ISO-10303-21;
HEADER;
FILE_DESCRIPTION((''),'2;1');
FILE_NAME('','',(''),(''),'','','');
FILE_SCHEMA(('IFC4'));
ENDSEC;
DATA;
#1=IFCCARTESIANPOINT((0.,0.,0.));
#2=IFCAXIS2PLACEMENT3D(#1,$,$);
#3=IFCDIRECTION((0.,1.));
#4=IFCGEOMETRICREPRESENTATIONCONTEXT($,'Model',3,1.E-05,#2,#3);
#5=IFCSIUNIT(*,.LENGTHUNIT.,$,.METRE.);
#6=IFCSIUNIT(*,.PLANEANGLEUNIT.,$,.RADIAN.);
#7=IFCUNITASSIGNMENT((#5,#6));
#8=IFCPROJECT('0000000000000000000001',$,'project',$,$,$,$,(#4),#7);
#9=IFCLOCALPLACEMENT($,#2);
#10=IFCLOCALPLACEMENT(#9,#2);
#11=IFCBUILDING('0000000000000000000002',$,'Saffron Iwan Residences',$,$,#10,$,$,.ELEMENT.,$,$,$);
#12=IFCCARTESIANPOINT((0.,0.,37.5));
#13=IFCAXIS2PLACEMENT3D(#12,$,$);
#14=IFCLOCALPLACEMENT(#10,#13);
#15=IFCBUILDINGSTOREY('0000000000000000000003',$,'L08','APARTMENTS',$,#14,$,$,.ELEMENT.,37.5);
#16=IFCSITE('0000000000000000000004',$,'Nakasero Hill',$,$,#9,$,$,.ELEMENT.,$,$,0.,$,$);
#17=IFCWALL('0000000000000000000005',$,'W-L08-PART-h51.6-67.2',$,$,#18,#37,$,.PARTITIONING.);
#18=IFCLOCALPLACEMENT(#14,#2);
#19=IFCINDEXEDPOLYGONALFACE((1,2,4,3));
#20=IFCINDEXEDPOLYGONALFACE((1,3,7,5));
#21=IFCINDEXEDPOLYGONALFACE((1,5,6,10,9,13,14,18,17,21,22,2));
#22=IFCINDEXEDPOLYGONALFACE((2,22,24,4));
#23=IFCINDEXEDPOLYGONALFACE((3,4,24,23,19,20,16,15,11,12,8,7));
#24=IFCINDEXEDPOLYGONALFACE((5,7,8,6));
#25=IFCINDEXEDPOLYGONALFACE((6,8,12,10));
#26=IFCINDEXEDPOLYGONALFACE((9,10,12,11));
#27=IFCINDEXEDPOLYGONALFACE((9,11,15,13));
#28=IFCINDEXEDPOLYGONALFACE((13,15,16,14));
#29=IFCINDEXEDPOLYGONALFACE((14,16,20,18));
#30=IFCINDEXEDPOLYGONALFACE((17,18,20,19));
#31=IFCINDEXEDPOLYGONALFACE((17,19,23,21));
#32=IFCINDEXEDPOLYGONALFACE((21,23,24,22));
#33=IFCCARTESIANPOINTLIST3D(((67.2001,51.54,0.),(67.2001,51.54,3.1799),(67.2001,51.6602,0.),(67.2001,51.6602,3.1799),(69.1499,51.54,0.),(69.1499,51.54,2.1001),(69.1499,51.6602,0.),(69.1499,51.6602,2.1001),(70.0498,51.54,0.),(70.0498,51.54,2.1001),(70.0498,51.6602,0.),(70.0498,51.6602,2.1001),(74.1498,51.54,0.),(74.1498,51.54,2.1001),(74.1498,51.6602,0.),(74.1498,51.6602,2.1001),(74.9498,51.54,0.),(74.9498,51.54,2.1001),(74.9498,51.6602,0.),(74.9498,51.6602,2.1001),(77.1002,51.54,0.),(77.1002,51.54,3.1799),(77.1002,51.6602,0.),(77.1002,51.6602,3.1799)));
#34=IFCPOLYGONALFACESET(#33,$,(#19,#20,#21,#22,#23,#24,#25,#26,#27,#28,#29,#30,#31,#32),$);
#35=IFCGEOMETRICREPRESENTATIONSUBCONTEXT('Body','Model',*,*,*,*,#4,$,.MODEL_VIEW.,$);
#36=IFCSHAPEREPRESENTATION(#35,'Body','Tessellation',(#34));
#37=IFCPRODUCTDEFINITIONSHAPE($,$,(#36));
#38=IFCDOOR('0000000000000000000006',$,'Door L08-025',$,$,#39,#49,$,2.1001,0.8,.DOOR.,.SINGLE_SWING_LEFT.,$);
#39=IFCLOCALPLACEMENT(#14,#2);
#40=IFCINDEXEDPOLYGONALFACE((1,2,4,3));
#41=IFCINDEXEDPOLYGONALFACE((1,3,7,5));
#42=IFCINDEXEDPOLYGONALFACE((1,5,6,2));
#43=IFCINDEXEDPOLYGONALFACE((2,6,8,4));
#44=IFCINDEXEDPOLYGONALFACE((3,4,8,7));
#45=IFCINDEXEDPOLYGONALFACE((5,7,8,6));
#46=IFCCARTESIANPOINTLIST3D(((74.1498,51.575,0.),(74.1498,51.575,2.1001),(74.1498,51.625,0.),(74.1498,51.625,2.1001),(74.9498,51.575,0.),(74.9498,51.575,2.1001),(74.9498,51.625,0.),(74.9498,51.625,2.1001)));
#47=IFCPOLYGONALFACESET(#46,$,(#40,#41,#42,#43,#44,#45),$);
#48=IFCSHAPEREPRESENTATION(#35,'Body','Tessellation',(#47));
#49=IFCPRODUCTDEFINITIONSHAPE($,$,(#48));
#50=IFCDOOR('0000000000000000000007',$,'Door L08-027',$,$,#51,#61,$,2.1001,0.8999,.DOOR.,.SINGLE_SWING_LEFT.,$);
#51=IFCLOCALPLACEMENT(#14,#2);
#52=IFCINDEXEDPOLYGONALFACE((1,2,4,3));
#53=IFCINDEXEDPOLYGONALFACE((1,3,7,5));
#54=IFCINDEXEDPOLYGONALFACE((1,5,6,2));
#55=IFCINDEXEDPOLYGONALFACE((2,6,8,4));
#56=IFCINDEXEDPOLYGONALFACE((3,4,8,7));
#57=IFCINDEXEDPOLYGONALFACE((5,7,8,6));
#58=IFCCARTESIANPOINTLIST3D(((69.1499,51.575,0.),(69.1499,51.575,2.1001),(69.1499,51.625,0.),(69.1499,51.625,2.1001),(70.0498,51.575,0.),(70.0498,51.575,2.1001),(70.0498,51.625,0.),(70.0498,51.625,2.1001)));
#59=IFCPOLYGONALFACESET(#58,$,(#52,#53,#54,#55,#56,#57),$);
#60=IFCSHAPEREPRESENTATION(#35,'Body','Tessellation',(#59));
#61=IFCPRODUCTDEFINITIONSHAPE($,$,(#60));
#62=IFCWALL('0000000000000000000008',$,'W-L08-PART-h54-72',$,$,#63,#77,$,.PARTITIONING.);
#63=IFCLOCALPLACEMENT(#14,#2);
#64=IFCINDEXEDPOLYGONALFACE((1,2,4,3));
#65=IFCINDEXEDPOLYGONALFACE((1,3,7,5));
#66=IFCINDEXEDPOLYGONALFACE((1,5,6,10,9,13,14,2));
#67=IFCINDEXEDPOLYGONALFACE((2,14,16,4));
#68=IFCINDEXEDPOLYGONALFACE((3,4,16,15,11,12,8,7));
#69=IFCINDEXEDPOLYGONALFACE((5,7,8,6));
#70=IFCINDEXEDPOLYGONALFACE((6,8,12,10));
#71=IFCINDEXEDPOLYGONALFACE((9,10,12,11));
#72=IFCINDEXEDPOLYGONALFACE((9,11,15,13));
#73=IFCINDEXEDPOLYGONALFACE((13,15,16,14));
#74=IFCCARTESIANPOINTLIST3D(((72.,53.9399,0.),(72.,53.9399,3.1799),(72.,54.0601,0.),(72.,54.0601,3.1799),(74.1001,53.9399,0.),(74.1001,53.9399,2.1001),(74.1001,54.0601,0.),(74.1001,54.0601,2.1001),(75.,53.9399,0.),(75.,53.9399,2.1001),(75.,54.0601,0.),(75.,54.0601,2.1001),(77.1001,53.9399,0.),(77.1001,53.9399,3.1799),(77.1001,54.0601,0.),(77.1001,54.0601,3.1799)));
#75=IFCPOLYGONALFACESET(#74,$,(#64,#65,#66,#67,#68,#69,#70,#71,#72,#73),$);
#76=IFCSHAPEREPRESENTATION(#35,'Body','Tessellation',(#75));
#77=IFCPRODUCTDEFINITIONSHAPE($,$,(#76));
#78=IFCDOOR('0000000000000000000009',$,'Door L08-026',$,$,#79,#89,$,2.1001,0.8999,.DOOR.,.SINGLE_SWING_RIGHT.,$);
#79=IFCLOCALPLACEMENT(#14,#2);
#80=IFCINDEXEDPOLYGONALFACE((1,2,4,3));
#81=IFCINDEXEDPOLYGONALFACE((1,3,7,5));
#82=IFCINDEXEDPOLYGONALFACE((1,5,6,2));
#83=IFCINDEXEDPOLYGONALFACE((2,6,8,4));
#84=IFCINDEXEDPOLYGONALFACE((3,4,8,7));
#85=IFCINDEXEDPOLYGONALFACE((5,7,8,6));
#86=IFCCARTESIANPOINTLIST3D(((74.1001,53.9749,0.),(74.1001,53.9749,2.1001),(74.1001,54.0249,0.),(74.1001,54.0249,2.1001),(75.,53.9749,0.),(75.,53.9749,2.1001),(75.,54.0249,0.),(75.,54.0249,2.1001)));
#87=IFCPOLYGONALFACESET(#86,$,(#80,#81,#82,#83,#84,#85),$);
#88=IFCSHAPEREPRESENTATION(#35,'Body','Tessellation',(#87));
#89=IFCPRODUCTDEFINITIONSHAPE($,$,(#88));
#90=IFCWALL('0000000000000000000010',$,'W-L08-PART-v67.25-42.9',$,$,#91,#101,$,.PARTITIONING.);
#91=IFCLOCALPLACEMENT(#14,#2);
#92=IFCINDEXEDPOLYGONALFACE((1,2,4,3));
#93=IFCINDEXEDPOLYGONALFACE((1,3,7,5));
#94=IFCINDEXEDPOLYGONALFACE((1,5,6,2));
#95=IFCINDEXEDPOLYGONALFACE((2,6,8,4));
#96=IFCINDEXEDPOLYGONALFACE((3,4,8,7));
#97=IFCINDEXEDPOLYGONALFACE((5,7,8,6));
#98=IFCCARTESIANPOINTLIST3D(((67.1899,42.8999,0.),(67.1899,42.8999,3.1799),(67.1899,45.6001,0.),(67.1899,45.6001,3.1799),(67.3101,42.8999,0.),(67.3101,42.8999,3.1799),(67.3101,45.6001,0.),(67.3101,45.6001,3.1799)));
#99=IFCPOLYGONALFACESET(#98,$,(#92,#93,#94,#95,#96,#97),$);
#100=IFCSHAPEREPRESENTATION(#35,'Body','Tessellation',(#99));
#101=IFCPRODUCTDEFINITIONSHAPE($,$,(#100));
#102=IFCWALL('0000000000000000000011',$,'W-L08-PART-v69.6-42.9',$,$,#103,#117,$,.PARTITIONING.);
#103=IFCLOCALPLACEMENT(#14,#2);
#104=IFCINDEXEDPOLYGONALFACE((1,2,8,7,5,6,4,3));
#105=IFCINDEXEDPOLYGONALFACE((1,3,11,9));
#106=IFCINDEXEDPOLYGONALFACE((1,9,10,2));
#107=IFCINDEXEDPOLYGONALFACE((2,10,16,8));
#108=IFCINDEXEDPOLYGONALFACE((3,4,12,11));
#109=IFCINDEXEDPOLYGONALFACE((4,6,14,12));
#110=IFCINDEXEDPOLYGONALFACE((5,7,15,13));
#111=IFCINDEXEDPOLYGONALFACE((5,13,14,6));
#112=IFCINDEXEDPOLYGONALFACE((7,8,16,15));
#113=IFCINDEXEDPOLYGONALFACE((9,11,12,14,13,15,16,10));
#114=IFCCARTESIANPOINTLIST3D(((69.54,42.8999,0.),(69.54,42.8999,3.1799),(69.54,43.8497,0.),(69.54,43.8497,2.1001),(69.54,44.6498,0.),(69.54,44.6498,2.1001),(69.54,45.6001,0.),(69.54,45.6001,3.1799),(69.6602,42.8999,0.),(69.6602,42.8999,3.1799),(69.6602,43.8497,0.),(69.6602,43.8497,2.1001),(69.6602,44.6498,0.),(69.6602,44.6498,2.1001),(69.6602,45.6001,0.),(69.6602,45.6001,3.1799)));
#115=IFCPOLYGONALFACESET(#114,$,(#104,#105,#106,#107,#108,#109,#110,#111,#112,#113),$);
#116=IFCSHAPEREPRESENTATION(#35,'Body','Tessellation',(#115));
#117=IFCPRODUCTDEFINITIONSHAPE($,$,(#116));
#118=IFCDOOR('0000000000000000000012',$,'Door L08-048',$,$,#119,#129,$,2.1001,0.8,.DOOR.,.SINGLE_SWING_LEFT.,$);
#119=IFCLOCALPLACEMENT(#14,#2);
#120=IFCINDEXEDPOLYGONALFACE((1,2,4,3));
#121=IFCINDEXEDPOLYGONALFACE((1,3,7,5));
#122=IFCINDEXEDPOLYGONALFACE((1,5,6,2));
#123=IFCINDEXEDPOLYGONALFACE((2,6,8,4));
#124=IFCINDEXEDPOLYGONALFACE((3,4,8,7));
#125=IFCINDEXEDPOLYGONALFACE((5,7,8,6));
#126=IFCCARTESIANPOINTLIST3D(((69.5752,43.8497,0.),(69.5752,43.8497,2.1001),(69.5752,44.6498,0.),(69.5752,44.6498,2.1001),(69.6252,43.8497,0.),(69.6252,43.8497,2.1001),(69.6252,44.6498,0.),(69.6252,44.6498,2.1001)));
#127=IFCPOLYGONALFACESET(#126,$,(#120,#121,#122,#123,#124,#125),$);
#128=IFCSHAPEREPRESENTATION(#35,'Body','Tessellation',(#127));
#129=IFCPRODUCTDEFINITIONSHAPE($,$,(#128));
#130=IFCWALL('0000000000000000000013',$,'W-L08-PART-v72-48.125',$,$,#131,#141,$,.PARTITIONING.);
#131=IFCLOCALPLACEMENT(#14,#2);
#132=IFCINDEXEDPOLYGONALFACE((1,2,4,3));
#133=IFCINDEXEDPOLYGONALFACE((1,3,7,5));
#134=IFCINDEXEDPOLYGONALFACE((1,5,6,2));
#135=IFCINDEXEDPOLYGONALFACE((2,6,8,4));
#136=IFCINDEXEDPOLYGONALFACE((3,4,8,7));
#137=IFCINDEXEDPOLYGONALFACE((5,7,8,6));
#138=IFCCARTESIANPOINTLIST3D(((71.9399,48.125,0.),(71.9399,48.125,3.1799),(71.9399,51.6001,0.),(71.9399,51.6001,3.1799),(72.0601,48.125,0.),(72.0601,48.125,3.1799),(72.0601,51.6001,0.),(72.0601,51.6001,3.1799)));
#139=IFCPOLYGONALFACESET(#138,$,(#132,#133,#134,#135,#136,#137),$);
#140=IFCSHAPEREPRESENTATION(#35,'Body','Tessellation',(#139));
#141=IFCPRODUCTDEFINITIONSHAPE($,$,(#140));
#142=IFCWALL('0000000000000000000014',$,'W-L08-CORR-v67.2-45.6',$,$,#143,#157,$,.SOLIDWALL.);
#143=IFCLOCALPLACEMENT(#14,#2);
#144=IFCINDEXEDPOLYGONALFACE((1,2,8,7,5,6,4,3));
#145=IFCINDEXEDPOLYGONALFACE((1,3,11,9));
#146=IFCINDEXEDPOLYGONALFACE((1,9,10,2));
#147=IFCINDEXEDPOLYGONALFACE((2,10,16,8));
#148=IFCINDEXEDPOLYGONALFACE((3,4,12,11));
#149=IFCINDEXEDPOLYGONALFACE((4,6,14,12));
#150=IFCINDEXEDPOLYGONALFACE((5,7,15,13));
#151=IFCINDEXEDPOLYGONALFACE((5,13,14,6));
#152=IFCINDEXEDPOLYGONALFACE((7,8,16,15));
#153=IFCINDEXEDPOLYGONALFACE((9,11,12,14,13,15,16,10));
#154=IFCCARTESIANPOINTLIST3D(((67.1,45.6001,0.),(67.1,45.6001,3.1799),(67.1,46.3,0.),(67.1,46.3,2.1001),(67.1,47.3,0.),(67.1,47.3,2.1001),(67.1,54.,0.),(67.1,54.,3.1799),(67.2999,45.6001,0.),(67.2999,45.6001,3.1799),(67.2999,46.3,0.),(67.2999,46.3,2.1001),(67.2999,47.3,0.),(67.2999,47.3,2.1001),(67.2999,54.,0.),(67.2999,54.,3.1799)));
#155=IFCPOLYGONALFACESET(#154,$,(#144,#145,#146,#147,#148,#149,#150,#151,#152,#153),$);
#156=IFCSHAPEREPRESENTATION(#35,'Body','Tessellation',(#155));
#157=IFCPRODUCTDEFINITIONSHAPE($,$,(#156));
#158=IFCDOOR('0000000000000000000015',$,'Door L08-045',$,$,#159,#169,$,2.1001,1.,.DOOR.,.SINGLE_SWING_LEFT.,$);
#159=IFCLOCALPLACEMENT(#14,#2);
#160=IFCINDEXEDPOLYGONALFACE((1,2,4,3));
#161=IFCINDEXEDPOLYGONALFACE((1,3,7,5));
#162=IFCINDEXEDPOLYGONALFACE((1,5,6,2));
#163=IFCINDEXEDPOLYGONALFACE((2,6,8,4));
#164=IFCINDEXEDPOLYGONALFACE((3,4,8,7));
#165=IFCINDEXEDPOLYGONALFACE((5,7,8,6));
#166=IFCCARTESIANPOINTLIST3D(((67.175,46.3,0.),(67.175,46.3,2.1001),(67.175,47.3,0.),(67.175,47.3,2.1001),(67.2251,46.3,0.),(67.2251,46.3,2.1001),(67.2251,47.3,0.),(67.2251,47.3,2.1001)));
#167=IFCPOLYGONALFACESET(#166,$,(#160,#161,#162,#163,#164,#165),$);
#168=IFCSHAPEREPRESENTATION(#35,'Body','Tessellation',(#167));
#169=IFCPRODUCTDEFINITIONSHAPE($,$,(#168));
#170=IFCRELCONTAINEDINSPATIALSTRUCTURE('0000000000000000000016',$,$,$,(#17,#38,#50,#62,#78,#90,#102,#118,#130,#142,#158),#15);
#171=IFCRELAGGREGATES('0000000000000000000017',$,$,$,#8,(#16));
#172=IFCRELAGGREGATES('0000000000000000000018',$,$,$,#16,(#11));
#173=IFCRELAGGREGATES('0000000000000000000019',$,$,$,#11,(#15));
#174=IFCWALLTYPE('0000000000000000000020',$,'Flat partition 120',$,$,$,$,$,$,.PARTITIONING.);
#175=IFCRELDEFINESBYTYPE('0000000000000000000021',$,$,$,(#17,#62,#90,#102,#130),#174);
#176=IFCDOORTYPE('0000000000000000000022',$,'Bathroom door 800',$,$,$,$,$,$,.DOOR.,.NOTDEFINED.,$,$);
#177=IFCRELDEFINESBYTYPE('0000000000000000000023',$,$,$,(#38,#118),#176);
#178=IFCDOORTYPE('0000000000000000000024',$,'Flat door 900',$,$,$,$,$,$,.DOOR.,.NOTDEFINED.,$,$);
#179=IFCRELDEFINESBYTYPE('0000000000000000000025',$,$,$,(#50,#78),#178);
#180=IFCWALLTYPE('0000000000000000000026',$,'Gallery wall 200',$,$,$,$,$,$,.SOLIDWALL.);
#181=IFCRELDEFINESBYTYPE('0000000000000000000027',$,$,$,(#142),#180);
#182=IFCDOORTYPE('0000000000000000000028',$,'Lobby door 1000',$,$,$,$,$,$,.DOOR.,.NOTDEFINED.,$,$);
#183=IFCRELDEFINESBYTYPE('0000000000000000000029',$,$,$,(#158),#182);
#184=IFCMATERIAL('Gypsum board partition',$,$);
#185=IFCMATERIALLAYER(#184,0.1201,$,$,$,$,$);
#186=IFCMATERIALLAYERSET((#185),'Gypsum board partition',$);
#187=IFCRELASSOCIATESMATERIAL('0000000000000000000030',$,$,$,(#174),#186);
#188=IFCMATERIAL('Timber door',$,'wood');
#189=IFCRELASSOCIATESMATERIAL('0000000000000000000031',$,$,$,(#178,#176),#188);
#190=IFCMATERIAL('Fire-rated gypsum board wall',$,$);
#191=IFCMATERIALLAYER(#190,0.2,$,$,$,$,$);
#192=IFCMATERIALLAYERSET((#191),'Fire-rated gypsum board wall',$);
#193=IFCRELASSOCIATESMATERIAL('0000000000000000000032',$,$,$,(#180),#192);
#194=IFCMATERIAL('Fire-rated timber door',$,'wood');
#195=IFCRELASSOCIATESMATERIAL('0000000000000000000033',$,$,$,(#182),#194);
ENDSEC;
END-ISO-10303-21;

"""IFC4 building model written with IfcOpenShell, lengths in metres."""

from ifc_helpers import new_model, si_unit, direction, frame, frame_2d, origin, place, context, subcontext, project, spatial, rectangle, extrude, material, layer, layer_set, type_object, element, fill, save


model = new_model("IFC4")

# Units and contexts
model_context = context("Model", 3, precision=1e-05, world=origin(), true_north=direction((0.0, 1.0)))
body_context = subcontext(model_context, "Body", "Model", "MODEL_VIEW")
ifc_project = project(units=[si_unit("LENGTHUNIT", "METRE"), si_unit("PLANEANGLEUNIT", "RADIAN")], contexts=[model_context])

# Site, building, storey
site_placement = place(None, origin())
site = spatial("IfcSite", under=ifc_project, at=site_placement, Name="Nakasero Hill", CompositionType="ELEMENT", RefElevation=0.0)
building_placement = place(site_placement, origin())
building = spatial("IfcBuilding", under=site, at=building_placement, Name="Saffron Iwan Residences", CompositionType="ELEMENT")
storey_placement = place(building_placement, frame((0.0, 0.0, 37.5)))
storey = spatial("IfcBuildingStorey", under=building, at=storey_placement, Name="L08", Description="APARTMENTS", CompositionType="ELEMENT", Elevation=37.5)

# Shared definitions
ifc_material_1 = material(Name="Fire-rated gypsum board wall")

# Shared definitions
ifc_material_2 = material(Name="Gypsum board partition")
ifc_layer_1 = layer(ifc_material_2, 0.1201)
ifc_layer_set_1 = layer_set([ifc_layer_1], Name="Gypsum board partition")
wall_type_1 = type_object("IfcWallType", Name="Flat partition 120", PredefinedType="PARTITIONING", material=ifc_layer_set_1)
ifc_material_3 = material(Name="Timber door", Category="wood")
door_type_1 = type_object("IfcDoorType", Name="Flat door 900", OperationType="NOTDEFINED", PredefinedType="DOOR", material=ifc_material_3)

# Wall, openings, doors
wall_1_placement = place(storey_placement, frame((67.2, 51.6001, 0.0), z_axis=(0.0, 0.0, 1.0), x_axis=(1.0, 0.0, 0.0)))
wall_1 = element("IfcWall", 1, at=wall_1_placement, inside=storey, type_object=wall_type_1, Name="W-L08-PART-h51.6-67.2", PredefinedType="PARTITIONING", context=body_context, shape_type="SweptSolid", body=[
    extrude(rectangle(XDim=9.9001, YDim=0.1201, at=frame_2d((4.9502, 0.0))), origin(), (0.0, 0.0, 1.0), 3.1799),
])
opening_1_placement = place(wall_1_placement, frame((6.95, 0.0, 0.0)))
opening_1 = element("IfcOpeningElement", 2, at=opening_1_placement, cuts=wall_1, PredefinedType="OPENING", context=body_context, shape_type="SweptSolid", body=[
    extrude(rectangle(XDim=0.8, YDim=2.1001, at=frame_2d((0.3999, 1.05))), frame((0.0, 0.0701, 0.0), z_axis=(0.0, -1.0, 0.0), x_axis=(1.0, 0.0, 0.0)), (0.0, 0.0, 1.0), 0.1401),
])
opening_2_placement = place(wall_1_placement, frame((1.95, 0.0, 0.0)))
opening_2 = element("IfcOpeningElement", 3, at=opening_2_placement, cuts=wall_1, PredefinedType="OPENING", context=body_context, shape_type="SweptSolid", body=[
    extrude(rectangle(XDim=0.8999, YDim=2.1001, at=frame_2d((0.45, 1.05))), frame((0.0, 0.0701, 0.0), z_axis=(0.0, -1.0, 0.0), x_axis=(1.0, 0.0, 0.0)), (0.0, 0.0, 1.0), 0.1401),
])
door_type_2 = type_object("IfcDoorType", Name="Bathroom door 800", OperationType="NOTDEFINED", PredefinedType="DOOR", material=ifc_material_3)
door_1_placement = place(opening_1_placement, origin())
door_1 = element("IfcDoor", 4, at=door_1_placement, inside=storey, type_object=door_type_2, Name="Door L08-025", OperationType="SINGLE_SWING_LEFT", OverallHeight=2.1001, OverallWidth=0.8, PredefinedType="DOOR", context=body_context, shape_type="SweptSolid", body=[
    extrude(rectangle(XDim=0.8, YDim=2.1001, at=frame_2d((0.3999, 1.05))), frame((0.0, 0.0249, 0.0), z_axis=(0.0, -1.0, 0.0), x_axis=(1.0, 0.0, 0.0)), (0.0, 0.0, 1.0), 0.05),
])
fill(opening_1, door_1)
door_2_placement = place(opening_2_placement, origin())
door_2 = element("IfcDoor", 5, at=door_2_placement, inside=storey, type_object=door_type_1, Name="Door L08-027", OperationType="SINGLE_SWING_LEFT", OverallHeight=2.1001, OverallWidth=0.8999, PredefinedType="DOOR", context=body_context, shape_type="SweptSolid", body=[
    extrude(rectangle(XDim=0.8999, YDim=2.1001, at=frame_2d((0.45, 1.05))), frame((0.0, 0.0249, 0.0), z_axis=(0.0, -1.0, 0.0), x_axis=(1.0, 0.0, 0.0)), (0.0, 0.0, 1.0), 0.05),
])
fill(opening_2, door_2)

# Wall, opening, door
wall_2_placement = place(storey_placement, frame((72.0, 54.0, 0.0), z_axis=(0.0, 0.0, 1.0), x_axis=(1.0, 0.0, 0.0)))
wall_2 = element("IfcWall", 6, at=wall_2_placement, inside=storey, type_object=wall_type_1, Name="W-L08-PART-h54-72", PredefinedType="PARTITIONING", context=body_context, shape_type="SweptSolid", body=[
    extrude(rectangle(XDim=5.1001, YDim=0.1201, at=frame_2d((2.55, 0.0))), origin(), (0.0, 0.0, 1.0), 3.1799),
])
opening_3_placement = place(wall_2_placement, frame((2.1001, 0.0, 0.0)))
opening_3 = element("IfcOpeningElement", 7, at=opening_3_placement, cuts=wall_2, PredefinedType="OPENING", context=body_context, shape_type="SweptSolid", body=[
    extrude(rectangle(XDim=0.8999, YDim=2.1001, at=frame_2d((0.45, 1.05))), frame((0.0, 0.0701, 0.0), z_axis=(0.0, -1.0, 0.0), x_axis=(1.0, 0.0, 0.0)), (0.0, 0.0, 1.0), 0.1401),
])
door_3_placement = place(opening_3_placement, origin())
door_3 = element("IfcDoor", 8, at=door_3_placement, inside=storey, type_object=door_type_1, Name="Door L08-026", OperationType="SINGLE_SWING_RIGHT", OverallHeight=2.1001, OverallWidth=0.8999, PredefinedType="DOOR", context=body_context, shape_type="SweptSolid", body=[
    extrude(rectangle(XDim=0.8999, YDim=2.1001, at=frame_2d((0.45, 1.05))), frame((0.0, 0.0249, 0.0), z_axis=(0.0, -1.0, 0.0), x_axis=(1.0, 0.0, 0.0)), (0.0, 0.0, 1.0), 0.05),
])
fill(opening_3, door_3)

# Wall
wall_3_placement = place(storey_placement, frame((67.25, 42.8999, 0.0), z_axis=(0.0, 0.0, 1.0), x_axis=(0.0, 1.0, 0.0)))
element("IfcWall", 9, at=wall_3_placement, inside=storey, type_object=wall_type_1, Name="W-L08-PART-v67.25-42.9", PredefinedType="PARTITIONING", context=body_context, shape_type="SweptSolid", body=[
    extrude(rectangle(XDim=2.7002, YDim=0.1201, at=frame_2d((1.3501, 0.0))), origin(), (0.0, 0.0, 1.0), 3.1799),
])

# Wall, opening, door
wall_4_placement = place(storey_placement, frame((69.6001, 42.8999, 0.0), z_axis=(0.0, 0.0, 1.0), x_axis=(0.0, 1.0, 0.0)))
wall_4 = element("IfcWall", 10, at=wall_4_placement, inside=storey, type_object=wall_type_1, Name="W-L08-PART-v69.6-42.9", PredefinedType="PARTITIONING", context=body_context, shape_type="SweptSolid", body=[
    extrude(rectangle(XDim=2.7002, YDim=0.1201, at=frame_2d((1.3501, 0.0))), origin(), (0.0, 0.0, 1.0), 3.1799),
])
opening_4_placement = place(wall_4_placement, frame((0.95, 0.0, 0.0)))
opening_4 = element("IfcOpeningElement", 11, at=opening_4_placement, cuts=wall_4, PredefinedType="OPENING", context=body_context, shape_type="SweptSolid", body=[
    extrude(rectangle(XDim=0.8, YDim=2.1001, at=frame_2d((0.3999, 1.05))), frame((0.0, 0.0701, 0.0), z_axis=(0.0, -1.0, 0.0), x_axis=(1.0, 0.0, 0.0)), (0.0, 0.0, 1.0), 0.1401),
])
door_4_placement = place(opening_4_placement, origin())
door_4 = element("IfcDoor", 12, at=door_4_placement, inside=storey, type_object=door_type_2, Name="Door L08-048", OperationType="SINGLE_SWING_LEFT", OverallHeight=2.1001, OverallWidth=0.8, PredefinedType="DOOR", context=body_context, shape_type="SweptSolid", body=[
    extrude(rectangle(XDim=0.8, YDim=2.1001, at=frame_2d((0.3999, 1.05))), frame((0.0, 0.0249, 0.0), z_axis=(0.0, -1.0, 0.0), x_axis=(1.0, 0.0, 0.0)), (0.0, 0.0, 1.0), 0.05),
])
fill(opening_4, door_4)

# Wall
wall_5_placement = place(storey_placement, frame((72.0, 48.125, 0.0), z_axis=(0.0, 0.0, 1.0), x_axis=(0.0, 1.0, 0.0)))
element("IfcWall", 13, at=wall_5_placement, inside=storey, type_object=wall_type_1, Name="W-L08-PART-v72-48.125", PredefinedType="PARTITIONING", context=body_context, shape_type="SweptSolid", body=[
    extrude(rectangle(XDim=3.4751, YDim=0.1201, at=frame_2d((1.7375, 0.0))), origin(), (0.0, 0.0, 1.0), 3.1799),
])

# Wall, opening, door
ifc_layer_2 = layer(ifc_material_1, 0.2)
ifc_layer_set_2 = layer_set([ifc_layer_2], Name="Fire-rated gypsum board wall")
wall_type_2 = type_object("IfcWallType", Name="Gallery wall 200", PredefinedType="SOLIDWALL", material=ifc_layer_set_2)
wall_6_placement = place(storey_placement, frame((67.2, 45.6001, 0.0), z_axis=(0.0, 0.0, 1.0), x_axis=(0.0, 1.0, 0.0)))
wall_6 = element("IfcWall", 14, at=wall_6_placement, inside=storey, type_object=wall_type_2, Name="W-L08-CORR-v67.2-45.6", PredefinedType="SOLIDWALL", context=body_context, shape_type="SweptSolid", body=[
    extrude(rectangle(XDim=8.3999, YDim=0.2, at=frame_2d((4.2, 0.0))), origin(), (0.0, 0.0, 1.0), 3.1799),
])
opening_5_placement = place(wall_6_placement, frame((0.7, 0.0, 0.0)))
opening_5 = element("IfcOpeningElement", 15, at=opening_5_placement, cuts=wall_6, PredefinedType="OPENING", context=body_context, shape_type="SweptSolid", body=[
    extrude(rectangle(XDim=1.0, YDim=2.1001, at=frame_2d((0.5, 1.05))), frame((0.0, 0.1099, 0.0), z_axis=(0.0, -1.0, 0.0), x_axis=(1.0, 0.0, 0.0)), (0.0, 0.0, 1.0), 0.22),
])
ifc_material_4 = material(Name="Fire-rated timber door", Category="wood")
door_type_3 = type_object("IfcDoorType", Name="Lobby door 1000", OperationType="NOTDEFINED", PredefinedType="DOOR", material=ifc_material_4)
door_5_placement = place(opening_5_placement, origin())
door_5 = element("IfcDoor", 16, at=door_5_placement, inside=storey, type_object=door_type_3, Name="Door L08-045", OperationType="SINGLE_SWING_LEFT", OverallHeight=2.1001, OverallWidth=1.0, PredefinedType="DOOR", context=body_context, shape_type="SweptSolid", body=[
    extrude(rectangle(XDim=1.0, YDim=2.1001, at=frame_2d((0.5, 1.05))), frame((0.0, 0.0249, 0.0), z_axis=(0.0, -1.0, 0.0), x_axis=(1.0, 0.0, 0.0)), (0.0, 0.0, 1.0), 0.05),
])
fill(opening_5, door_5)

save(model, "model.ifc")
